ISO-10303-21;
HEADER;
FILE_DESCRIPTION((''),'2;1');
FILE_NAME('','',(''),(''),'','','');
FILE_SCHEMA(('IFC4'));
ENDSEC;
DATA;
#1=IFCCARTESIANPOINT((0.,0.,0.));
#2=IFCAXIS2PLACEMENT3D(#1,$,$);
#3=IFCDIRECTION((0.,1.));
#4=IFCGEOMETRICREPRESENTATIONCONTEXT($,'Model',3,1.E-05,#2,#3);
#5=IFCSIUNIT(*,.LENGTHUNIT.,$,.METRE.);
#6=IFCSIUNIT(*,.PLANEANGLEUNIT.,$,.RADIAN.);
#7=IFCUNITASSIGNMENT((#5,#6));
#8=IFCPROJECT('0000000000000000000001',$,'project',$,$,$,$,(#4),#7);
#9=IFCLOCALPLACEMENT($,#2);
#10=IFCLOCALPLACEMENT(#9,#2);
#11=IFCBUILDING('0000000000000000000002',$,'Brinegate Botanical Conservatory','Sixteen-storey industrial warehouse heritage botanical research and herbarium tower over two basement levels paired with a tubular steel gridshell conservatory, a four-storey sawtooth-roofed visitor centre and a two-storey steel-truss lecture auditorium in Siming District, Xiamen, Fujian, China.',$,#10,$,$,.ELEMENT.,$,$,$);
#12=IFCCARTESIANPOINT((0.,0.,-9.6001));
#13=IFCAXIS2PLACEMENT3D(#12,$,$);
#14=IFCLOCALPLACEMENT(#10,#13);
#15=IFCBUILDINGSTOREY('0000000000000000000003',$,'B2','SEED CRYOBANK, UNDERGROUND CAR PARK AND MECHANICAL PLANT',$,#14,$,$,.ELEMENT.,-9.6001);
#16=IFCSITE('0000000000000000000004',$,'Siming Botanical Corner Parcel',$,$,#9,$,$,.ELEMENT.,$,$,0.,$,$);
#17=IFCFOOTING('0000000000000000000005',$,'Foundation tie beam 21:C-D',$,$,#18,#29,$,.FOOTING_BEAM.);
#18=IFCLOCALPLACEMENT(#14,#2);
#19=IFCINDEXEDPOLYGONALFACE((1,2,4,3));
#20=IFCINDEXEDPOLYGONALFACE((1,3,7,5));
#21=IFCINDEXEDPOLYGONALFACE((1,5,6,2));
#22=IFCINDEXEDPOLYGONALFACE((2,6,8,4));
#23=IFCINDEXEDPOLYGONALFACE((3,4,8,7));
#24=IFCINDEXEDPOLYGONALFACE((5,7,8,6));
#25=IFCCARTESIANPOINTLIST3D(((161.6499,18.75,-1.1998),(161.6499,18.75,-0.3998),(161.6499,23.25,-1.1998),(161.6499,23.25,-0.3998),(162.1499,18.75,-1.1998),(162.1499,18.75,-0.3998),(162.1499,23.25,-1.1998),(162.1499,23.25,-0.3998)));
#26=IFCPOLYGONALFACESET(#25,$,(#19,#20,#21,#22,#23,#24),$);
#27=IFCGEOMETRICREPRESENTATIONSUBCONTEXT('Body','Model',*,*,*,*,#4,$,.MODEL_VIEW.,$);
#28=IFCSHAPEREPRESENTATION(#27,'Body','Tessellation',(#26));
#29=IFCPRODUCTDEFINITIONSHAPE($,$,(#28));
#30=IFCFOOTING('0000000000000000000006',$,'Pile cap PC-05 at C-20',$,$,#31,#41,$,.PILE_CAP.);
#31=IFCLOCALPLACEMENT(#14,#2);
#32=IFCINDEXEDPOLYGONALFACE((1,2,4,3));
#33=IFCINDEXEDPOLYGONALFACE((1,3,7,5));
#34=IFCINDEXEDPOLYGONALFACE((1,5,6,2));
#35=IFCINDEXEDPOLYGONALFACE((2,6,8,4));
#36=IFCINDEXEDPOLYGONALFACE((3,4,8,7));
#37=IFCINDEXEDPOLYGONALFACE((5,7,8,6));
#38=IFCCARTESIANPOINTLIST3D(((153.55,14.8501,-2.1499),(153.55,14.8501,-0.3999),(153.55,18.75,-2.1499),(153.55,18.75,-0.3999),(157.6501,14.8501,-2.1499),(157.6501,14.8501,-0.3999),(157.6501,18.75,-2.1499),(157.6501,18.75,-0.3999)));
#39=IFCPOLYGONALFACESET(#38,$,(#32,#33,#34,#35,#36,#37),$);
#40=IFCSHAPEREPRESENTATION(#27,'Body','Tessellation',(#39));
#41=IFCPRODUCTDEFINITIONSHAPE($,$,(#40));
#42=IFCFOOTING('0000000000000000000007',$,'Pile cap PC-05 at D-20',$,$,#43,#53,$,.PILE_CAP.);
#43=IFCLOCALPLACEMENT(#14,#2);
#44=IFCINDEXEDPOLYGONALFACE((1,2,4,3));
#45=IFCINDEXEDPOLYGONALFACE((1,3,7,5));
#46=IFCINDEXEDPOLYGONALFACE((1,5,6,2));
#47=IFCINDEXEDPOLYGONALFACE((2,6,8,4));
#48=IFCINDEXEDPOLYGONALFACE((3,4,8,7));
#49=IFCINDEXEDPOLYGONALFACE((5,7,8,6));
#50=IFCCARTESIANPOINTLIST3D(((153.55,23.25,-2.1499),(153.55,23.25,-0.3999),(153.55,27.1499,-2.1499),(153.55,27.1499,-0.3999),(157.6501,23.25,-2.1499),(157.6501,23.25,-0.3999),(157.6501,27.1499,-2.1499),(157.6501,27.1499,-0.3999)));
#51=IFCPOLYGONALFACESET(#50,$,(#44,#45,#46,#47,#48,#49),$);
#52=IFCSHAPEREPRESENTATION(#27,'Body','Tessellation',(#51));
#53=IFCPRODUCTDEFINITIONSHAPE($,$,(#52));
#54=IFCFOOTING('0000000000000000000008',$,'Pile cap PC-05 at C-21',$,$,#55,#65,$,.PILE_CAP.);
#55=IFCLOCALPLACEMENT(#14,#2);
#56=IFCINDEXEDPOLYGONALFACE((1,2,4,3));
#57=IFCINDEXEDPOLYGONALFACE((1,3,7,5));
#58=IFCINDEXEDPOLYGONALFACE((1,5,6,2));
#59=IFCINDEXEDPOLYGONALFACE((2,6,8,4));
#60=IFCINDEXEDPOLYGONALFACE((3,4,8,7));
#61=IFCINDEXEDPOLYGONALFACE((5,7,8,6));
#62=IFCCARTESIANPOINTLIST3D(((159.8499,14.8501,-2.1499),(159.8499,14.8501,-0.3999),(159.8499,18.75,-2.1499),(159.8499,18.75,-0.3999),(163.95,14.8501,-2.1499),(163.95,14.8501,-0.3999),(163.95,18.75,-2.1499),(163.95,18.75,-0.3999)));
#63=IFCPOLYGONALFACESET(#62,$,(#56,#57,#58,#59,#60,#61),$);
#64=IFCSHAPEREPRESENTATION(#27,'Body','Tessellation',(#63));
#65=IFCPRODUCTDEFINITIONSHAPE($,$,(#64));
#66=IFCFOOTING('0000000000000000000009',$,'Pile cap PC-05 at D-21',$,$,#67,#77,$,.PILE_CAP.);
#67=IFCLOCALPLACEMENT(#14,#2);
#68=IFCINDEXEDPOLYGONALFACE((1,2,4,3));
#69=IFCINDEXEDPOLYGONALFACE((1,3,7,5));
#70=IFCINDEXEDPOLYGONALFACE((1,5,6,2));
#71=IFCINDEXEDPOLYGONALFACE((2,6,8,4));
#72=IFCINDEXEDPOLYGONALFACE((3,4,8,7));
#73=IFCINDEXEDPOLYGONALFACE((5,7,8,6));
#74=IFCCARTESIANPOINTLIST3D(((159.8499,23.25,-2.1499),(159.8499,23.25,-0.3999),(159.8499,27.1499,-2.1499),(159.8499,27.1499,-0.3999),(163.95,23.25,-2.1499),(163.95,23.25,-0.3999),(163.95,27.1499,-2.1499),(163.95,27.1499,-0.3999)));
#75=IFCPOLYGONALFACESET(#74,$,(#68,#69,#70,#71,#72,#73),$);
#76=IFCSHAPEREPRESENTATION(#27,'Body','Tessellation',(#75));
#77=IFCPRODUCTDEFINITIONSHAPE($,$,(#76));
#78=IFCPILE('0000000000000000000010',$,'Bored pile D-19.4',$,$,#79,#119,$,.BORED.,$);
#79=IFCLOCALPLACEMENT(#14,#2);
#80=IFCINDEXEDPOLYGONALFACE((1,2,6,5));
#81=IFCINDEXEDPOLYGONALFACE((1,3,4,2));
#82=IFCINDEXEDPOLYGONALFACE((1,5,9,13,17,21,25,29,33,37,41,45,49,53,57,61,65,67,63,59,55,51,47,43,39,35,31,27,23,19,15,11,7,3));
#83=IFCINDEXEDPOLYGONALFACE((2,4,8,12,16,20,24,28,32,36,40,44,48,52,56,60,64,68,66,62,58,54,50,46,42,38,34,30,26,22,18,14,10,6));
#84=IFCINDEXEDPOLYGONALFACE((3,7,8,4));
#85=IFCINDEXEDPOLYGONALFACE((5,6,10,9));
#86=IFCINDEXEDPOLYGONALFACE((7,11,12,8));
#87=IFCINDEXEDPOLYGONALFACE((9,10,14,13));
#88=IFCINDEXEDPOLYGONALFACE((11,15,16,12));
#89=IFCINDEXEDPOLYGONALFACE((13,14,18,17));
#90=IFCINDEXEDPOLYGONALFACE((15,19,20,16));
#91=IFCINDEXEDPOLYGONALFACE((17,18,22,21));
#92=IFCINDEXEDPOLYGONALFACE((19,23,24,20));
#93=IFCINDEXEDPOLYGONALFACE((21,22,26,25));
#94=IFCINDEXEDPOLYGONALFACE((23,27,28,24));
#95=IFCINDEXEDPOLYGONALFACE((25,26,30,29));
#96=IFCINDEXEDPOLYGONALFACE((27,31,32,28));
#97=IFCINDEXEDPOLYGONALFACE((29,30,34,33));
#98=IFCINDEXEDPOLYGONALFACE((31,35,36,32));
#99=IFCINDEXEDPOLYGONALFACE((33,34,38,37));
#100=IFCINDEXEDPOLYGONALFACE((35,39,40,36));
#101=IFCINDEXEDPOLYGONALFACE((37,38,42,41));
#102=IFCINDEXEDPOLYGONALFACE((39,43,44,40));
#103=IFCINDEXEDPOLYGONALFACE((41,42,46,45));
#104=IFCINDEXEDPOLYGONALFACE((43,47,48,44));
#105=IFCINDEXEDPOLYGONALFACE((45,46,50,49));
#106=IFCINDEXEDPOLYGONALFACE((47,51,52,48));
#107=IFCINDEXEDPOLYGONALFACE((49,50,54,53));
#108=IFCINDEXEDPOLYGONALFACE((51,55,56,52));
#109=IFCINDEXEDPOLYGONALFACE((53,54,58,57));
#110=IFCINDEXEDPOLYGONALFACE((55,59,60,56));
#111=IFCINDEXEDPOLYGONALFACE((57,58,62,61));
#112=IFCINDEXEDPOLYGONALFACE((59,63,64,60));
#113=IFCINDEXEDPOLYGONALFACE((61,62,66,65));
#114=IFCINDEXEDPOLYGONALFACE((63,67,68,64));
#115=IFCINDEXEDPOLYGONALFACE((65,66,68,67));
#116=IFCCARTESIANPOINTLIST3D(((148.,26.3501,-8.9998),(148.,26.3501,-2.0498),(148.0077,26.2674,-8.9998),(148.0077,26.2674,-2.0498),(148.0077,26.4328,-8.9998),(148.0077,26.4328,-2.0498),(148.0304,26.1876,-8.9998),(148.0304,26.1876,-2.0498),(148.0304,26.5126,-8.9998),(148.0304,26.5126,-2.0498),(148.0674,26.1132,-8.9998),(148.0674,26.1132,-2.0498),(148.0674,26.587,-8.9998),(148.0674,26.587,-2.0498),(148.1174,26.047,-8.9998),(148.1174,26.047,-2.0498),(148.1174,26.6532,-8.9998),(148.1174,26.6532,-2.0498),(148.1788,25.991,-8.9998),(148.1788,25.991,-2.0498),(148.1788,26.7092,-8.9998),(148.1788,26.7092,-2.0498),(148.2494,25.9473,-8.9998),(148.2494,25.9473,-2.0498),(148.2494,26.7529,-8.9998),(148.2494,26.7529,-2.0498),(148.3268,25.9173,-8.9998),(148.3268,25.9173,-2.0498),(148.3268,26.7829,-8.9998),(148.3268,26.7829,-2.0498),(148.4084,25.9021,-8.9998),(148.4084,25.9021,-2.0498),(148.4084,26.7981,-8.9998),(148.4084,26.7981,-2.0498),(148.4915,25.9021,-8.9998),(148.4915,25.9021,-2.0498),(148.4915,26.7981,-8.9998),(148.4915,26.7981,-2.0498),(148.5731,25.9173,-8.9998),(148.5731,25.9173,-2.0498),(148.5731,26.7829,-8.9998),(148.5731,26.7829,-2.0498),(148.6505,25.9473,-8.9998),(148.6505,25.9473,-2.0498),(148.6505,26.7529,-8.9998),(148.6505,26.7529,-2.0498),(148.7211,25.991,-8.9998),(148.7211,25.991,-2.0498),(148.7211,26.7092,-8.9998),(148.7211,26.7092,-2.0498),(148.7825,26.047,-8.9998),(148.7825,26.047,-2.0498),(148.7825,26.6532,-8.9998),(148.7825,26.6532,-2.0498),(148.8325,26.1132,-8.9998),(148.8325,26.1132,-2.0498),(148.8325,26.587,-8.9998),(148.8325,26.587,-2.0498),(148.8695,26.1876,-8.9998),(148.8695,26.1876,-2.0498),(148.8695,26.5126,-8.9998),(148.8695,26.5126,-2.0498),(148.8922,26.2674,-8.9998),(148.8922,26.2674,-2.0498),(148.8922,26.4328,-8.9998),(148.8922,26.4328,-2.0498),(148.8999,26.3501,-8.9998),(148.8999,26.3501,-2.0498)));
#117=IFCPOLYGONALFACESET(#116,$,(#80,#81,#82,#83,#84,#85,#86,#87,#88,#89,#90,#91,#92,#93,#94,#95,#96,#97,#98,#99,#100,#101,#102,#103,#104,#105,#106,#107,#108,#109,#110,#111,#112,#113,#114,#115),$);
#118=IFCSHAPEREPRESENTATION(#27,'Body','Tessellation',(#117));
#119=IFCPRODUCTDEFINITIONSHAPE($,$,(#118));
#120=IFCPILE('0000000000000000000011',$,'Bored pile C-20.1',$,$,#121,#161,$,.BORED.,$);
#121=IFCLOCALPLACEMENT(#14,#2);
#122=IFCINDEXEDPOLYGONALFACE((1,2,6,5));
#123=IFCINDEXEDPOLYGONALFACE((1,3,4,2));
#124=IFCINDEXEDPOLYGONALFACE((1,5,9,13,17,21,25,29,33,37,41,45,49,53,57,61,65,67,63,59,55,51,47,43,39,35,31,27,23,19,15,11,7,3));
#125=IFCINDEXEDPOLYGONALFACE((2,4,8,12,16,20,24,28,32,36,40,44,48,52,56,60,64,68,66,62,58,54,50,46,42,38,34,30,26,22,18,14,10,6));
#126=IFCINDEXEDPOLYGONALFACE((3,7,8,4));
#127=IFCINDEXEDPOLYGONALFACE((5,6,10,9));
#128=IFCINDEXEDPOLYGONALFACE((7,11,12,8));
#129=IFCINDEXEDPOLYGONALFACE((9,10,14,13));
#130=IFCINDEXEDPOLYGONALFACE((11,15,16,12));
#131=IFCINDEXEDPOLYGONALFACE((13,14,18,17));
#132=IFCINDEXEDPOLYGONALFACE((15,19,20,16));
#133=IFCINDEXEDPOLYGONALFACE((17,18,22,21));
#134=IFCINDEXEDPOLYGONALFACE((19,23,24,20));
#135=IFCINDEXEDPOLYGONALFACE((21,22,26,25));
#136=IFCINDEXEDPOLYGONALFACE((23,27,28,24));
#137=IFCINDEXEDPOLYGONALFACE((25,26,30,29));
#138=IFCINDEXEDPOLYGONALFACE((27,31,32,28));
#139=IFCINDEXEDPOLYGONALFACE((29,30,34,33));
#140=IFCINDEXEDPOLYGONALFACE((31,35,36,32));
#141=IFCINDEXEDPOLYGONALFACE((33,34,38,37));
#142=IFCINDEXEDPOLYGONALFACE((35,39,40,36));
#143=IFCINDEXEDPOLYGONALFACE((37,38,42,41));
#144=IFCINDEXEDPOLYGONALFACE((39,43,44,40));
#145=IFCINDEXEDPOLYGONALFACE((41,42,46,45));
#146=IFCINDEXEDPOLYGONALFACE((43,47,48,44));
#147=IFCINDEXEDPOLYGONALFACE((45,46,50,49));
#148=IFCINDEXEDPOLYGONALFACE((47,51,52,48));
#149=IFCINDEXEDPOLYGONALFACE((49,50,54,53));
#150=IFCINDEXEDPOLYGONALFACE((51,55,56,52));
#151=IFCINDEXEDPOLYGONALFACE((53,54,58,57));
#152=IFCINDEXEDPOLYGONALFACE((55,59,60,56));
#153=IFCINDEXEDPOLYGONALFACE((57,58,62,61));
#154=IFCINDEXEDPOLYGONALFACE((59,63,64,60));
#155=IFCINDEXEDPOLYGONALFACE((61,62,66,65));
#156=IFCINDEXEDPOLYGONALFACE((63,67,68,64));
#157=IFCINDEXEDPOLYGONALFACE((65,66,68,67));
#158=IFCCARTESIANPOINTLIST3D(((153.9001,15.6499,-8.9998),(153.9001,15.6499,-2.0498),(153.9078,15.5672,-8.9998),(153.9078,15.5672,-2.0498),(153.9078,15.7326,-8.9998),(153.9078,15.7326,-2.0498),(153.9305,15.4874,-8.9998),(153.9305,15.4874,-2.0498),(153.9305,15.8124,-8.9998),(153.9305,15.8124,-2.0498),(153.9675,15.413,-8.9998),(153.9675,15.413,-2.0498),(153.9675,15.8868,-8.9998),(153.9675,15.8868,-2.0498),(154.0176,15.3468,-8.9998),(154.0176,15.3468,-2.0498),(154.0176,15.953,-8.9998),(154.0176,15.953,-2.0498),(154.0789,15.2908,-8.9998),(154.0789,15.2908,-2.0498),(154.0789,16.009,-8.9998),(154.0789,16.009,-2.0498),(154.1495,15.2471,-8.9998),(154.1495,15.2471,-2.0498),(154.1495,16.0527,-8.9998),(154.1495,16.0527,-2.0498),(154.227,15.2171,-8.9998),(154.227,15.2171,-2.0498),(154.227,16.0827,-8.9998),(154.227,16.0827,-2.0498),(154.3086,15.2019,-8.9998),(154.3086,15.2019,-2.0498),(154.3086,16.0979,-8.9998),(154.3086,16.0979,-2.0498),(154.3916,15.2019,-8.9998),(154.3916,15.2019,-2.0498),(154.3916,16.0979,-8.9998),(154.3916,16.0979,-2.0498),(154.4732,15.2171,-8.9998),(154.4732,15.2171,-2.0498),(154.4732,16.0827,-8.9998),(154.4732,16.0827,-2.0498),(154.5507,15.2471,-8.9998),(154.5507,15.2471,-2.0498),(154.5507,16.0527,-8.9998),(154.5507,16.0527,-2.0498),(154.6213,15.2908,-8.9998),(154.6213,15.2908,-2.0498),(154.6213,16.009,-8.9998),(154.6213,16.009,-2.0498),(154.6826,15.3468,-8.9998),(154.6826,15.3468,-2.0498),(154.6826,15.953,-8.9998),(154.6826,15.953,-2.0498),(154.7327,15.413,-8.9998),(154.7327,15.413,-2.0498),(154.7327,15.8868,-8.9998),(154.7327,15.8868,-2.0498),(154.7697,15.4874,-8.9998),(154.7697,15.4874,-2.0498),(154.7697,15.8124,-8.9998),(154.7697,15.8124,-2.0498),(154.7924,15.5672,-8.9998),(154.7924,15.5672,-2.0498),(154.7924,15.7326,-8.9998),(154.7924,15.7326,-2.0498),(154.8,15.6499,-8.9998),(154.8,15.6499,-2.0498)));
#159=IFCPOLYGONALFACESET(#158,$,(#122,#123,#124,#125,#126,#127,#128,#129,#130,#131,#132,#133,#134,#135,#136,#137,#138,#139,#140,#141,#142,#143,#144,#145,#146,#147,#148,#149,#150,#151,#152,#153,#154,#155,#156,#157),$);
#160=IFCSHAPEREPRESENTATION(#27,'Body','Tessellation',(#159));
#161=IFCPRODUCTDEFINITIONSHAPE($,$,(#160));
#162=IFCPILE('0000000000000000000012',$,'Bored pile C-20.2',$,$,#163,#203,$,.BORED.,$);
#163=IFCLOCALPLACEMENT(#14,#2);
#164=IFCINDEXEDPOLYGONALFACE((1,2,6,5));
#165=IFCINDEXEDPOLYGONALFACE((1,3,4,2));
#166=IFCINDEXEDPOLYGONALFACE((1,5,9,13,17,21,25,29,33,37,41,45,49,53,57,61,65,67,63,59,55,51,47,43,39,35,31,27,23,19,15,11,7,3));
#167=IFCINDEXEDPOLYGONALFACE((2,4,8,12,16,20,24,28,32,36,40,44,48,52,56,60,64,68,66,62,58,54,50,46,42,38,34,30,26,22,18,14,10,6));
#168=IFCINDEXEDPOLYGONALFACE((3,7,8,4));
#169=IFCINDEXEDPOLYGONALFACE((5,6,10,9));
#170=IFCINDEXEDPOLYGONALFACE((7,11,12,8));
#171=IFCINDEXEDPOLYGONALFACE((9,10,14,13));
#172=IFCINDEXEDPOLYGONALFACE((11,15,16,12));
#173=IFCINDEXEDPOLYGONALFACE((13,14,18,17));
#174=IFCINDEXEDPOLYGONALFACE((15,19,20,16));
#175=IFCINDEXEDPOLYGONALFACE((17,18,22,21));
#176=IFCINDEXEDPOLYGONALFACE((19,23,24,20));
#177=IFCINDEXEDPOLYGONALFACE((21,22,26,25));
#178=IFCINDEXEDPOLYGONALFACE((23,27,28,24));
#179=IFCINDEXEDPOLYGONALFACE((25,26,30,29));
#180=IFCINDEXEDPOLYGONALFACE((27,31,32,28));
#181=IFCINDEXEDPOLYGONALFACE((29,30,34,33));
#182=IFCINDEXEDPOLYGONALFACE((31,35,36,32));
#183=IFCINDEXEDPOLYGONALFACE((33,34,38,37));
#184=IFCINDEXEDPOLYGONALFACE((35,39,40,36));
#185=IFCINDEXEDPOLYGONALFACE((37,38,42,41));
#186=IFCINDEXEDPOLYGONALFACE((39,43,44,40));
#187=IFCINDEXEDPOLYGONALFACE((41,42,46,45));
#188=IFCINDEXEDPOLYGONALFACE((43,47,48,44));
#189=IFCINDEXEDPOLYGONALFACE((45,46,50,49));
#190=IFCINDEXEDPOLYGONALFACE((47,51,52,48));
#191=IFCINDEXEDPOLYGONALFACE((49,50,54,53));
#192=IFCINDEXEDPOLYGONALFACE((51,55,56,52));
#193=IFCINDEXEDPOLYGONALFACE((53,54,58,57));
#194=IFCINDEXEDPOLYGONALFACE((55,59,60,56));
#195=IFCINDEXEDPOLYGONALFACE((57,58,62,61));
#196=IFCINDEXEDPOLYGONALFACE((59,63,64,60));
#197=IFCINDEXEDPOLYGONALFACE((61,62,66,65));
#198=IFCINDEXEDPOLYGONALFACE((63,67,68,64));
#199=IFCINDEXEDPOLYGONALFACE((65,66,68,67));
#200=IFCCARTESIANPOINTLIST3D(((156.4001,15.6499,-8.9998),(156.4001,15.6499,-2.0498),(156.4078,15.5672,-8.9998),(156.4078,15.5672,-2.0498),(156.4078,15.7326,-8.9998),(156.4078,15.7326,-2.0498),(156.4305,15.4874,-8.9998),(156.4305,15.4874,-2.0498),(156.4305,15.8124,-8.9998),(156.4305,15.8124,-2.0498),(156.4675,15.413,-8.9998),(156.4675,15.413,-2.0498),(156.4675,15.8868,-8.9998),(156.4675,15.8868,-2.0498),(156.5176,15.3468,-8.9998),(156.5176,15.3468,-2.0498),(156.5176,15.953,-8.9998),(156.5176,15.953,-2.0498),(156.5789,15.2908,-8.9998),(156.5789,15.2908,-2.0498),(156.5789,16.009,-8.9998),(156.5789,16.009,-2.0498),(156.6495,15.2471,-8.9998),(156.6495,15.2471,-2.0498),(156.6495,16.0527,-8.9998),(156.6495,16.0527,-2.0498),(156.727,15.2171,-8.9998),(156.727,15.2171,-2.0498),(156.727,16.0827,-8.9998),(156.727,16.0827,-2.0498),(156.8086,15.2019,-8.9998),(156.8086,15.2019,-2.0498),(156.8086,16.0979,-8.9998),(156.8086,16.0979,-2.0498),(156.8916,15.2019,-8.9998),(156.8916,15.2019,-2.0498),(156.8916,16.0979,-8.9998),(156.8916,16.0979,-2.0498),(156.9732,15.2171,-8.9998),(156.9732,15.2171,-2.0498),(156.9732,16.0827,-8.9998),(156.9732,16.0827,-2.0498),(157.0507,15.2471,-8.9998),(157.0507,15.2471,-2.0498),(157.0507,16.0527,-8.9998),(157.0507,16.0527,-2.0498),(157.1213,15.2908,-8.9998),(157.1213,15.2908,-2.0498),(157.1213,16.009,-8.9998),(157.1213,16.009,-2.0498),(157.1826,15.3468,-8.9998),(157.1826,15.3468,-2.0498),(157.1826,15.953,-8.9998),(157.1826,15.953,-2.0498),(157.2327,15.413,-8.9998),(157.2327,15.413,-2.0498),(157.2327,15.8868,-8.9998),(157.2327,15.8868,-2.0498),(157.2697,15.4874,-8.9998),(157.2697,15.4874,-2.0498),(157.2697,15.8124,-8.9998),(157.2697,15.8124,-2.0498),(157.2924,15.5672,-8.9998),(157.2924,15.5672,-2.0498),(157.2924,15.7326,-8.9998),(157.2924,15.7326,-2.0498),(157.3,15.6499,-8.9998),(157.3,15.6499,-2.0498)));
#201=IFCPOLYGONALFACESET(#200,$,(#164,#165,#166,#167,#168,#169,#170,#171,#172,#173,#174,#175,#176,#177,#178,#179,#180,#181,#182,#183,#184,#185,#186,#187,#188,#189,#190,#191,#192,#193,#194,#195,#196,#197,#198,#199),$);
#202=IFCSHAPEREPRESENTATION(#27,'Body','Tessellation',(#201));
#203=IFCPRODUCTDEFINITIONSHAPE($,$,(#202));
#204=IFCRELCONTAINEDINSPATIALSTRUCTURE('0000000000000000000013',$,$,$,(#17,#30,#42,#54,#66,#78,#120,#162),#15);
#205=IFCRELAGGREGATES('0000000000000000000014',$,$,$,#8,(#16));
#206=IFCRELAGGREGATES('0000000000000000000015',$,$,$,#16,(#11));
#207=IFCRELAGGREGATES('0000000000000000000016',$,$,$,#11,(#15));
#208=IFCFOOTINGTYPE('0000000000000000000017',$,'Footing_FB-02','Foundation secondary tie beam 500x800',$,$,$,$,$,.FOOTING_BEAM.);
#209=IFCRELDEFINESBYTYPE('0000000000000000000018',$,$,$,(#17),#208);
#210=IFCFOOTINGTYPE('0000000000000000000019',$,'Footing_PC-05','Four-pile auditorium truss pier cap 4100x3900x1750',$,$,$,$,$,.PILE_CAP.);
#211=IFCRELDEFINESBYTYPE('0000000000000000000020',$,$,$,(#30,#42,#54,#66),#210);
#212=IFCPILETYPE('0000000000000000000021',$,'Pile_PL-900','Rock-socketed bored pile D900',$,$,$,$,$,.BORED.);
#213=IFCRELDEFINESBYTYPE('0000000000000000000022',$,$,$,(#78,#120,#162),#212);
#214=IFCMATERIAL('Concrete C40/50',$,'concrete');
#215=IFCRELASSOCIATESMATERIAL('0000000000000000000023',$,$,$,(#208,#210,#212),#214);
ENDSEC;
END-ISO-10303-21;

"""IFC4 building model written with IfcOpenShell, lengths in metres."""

from ifc_helpers import new_model, si_unit, direction, frame, origin, origin_2d, place, context, subcontext, project, spatial, rectangle, circle, extrude, material, material_profile, profile_set, type_object, element, save


model = new_model("IFC4")

# Units and contexts
model_context = context("Model", 3, precision=1e-05, world=origin(), true_north=direction((0.0, 1.0)))
body_context = subcontext(model_context, "Body", "Model", "MODEL_VIEW")
ifc_project = project(units=[si_unit("LENGTHUNIT", "METRE"), si_unit("PLANEANGLEUNIT", "RADIAN")], contexts=[model_context])

# Site, building, storey
site_placement = place(None, origin())
site = spatial("IfcSite", under=ifc_project, at=site_placement, Name="Siming Botanical Corner Parcel", CompositionType="ELEMENT", RefElevation=0.0)
building_placement = place(site_placement, origin())
building = spatial("IfcBuilding", under=site, at=building_placement, Name="Brinegate Botanical Conservatory", Description="Sixteen-storey industrial warehouse heritage botanical research and herbarium tower over two basement levels paired with a tubular steel gridshell conservatory, a four-storey sawtooth-roofed visitor centre and a two-storey steel-truss lecture auditorium in Siming District, Xiamen, Fujian, China.", CompositionType="ELEMENT")
storey_placement = place(building_placement, frame((0.0, 0.0, -9.6001)))
storey = spatial("IfcBuildingStorey", under=building, at=storey_placement, Name="B2", Description="SEED CRYOBANK, UNDERGROUND CAR PARK AND MECHANICAL PLANT", CompositionType="ELEMENT", Elevation=-9.6001)

# Footings
ifc_material_1 = material(Name="Concrete C40/50", Category="concrete")
ifc_material_profile_1 = material_profile(ifc_material_1, rectangle(XDim=0.5, YDim=0.8, at=origin_2d()), Name="RC GB 500x800")
ifc_profile_set_1 = profile_set([ifc_material_profile_1], Name="Concrete C40/50")
footing_type_1 = type_object("IfcFootingType", Name="Footing_FB-02", Description="Foundation secondary tie beam 500x800", PredefinedType="FOOTING_BEAM", material=ifc_profile_set_1)
footing_placement = place(storey_placement, frame((161.8999, 18.75, -0.7998), z_axis=(0.0, 1.0, 0.0), x_axis=(-1.0, 0.0, 0.0)))
element("IfcFooting", 1, at=footing_placement, inside=storey, type_object=footing_type_1, Name="Foundation tie beam 21:C-D", PredefinedType="FOOTING_BEAM", context=body_context, shape_type="SweptSolid", body=[
    extrude(rectangle(XDim=0.5, YDim=0.8, at=origin_2d()), origin(), (0.0, 0.0, 1.0), 4.5),
])
footing_type_2 = type_object("IfcFootingType", Name="Footing_PC-05", Description="Four-pile auditorium truss pier cap 4100x3900x1750", PredefinedType="PILE_CAP", material=ifc_material_1)
for number, where, z_axis, x_axis, name in (
    (2, (155.6001, 16.8, -2.1499), (0.0, 0.0, 1.0), (1.0, 0.0, 0.0), "Pile cap PC-05 at C-20"),
    (3, (155.6001, 25.2, -2.1499), (0.0, 0.0, 1.0), (1.0, 0.0, 0.0), "Pile cap PC-05 at D-20"),
    (4, (161.8999, 16.8, -2.1499), (0.0, 0.0, 1.0), (1.0, 0.0, 0.0), "Pile cap PC-05 at C-21"),
    (5, (161.8999, 25.2, -2.1499), (0.0, 0.0, 1.0), (1.0, 0.0, 0.0), "Pile cap PC-05 at D-21"),
):
    element("IfcFooting", number, at=place(storey_placement, frame(where, z_axis=z_axis, x_axis=x_axis)), inside=storey, type_object=footing_type_2, Name=name, PredefinedType="PILE_CAP", context=body_context, shape_type="SweptSolid", body=[
        extrude(rectangle(XDim=4.1001, YDim=3.8999, at=origin_2d()), origin(), (0.0, 0.0, 1.0), 1.75),
    ])

# Piles
ifc_material_profile_2 = material_profile(ifc_material_1, circle(Radius=0.45, at=origin_2d()), Name="PILE D900")
ifc_profile_set_2 = profile_set([ifc_material_profile_2], Name="Concrete C40/50")
pile_type = type_object("IfcPileType", Name="Pile_PL-900", Description="Rock-socketed bored pile D900", PredefinedType="BORED", material=ifc_profile_set_2)
for number, where, z_axis, x_axis, name in (
    (6, (148.45, 26.3501, -2.0498), (0.0, 0.0, -1.0), (1.0, 0.0, 0.0), "Bored pile D-19.4"),
    (7, (154.3501, 15.6499, -2.0498), (0.0, 0.0, -1.0), (1.0, 0.0, 0.0), "Bored pile C-20.1"),
    (8, (156.8501, 15.6499, -2.0498), (0.0, 0.0, -1.0), (1.0, 0.0, 0.0), "Bored pile C-20.2"),
):
    element("IfcPile", number, at=place(storey_placement, frame(where, z_axis=z_axis, x_axis=x_axis)), inside=storey, type_object=pile_type, Name=name, PredefinedType="BORED", context=body_context, shape_type="SweptSolid", body=[
        extrude(circle(Radius=0.45, at=origin_2d()), origin(), (0.0, 0.0, 1.0), 6.95),
    ])

save(model, "model.ifc")
